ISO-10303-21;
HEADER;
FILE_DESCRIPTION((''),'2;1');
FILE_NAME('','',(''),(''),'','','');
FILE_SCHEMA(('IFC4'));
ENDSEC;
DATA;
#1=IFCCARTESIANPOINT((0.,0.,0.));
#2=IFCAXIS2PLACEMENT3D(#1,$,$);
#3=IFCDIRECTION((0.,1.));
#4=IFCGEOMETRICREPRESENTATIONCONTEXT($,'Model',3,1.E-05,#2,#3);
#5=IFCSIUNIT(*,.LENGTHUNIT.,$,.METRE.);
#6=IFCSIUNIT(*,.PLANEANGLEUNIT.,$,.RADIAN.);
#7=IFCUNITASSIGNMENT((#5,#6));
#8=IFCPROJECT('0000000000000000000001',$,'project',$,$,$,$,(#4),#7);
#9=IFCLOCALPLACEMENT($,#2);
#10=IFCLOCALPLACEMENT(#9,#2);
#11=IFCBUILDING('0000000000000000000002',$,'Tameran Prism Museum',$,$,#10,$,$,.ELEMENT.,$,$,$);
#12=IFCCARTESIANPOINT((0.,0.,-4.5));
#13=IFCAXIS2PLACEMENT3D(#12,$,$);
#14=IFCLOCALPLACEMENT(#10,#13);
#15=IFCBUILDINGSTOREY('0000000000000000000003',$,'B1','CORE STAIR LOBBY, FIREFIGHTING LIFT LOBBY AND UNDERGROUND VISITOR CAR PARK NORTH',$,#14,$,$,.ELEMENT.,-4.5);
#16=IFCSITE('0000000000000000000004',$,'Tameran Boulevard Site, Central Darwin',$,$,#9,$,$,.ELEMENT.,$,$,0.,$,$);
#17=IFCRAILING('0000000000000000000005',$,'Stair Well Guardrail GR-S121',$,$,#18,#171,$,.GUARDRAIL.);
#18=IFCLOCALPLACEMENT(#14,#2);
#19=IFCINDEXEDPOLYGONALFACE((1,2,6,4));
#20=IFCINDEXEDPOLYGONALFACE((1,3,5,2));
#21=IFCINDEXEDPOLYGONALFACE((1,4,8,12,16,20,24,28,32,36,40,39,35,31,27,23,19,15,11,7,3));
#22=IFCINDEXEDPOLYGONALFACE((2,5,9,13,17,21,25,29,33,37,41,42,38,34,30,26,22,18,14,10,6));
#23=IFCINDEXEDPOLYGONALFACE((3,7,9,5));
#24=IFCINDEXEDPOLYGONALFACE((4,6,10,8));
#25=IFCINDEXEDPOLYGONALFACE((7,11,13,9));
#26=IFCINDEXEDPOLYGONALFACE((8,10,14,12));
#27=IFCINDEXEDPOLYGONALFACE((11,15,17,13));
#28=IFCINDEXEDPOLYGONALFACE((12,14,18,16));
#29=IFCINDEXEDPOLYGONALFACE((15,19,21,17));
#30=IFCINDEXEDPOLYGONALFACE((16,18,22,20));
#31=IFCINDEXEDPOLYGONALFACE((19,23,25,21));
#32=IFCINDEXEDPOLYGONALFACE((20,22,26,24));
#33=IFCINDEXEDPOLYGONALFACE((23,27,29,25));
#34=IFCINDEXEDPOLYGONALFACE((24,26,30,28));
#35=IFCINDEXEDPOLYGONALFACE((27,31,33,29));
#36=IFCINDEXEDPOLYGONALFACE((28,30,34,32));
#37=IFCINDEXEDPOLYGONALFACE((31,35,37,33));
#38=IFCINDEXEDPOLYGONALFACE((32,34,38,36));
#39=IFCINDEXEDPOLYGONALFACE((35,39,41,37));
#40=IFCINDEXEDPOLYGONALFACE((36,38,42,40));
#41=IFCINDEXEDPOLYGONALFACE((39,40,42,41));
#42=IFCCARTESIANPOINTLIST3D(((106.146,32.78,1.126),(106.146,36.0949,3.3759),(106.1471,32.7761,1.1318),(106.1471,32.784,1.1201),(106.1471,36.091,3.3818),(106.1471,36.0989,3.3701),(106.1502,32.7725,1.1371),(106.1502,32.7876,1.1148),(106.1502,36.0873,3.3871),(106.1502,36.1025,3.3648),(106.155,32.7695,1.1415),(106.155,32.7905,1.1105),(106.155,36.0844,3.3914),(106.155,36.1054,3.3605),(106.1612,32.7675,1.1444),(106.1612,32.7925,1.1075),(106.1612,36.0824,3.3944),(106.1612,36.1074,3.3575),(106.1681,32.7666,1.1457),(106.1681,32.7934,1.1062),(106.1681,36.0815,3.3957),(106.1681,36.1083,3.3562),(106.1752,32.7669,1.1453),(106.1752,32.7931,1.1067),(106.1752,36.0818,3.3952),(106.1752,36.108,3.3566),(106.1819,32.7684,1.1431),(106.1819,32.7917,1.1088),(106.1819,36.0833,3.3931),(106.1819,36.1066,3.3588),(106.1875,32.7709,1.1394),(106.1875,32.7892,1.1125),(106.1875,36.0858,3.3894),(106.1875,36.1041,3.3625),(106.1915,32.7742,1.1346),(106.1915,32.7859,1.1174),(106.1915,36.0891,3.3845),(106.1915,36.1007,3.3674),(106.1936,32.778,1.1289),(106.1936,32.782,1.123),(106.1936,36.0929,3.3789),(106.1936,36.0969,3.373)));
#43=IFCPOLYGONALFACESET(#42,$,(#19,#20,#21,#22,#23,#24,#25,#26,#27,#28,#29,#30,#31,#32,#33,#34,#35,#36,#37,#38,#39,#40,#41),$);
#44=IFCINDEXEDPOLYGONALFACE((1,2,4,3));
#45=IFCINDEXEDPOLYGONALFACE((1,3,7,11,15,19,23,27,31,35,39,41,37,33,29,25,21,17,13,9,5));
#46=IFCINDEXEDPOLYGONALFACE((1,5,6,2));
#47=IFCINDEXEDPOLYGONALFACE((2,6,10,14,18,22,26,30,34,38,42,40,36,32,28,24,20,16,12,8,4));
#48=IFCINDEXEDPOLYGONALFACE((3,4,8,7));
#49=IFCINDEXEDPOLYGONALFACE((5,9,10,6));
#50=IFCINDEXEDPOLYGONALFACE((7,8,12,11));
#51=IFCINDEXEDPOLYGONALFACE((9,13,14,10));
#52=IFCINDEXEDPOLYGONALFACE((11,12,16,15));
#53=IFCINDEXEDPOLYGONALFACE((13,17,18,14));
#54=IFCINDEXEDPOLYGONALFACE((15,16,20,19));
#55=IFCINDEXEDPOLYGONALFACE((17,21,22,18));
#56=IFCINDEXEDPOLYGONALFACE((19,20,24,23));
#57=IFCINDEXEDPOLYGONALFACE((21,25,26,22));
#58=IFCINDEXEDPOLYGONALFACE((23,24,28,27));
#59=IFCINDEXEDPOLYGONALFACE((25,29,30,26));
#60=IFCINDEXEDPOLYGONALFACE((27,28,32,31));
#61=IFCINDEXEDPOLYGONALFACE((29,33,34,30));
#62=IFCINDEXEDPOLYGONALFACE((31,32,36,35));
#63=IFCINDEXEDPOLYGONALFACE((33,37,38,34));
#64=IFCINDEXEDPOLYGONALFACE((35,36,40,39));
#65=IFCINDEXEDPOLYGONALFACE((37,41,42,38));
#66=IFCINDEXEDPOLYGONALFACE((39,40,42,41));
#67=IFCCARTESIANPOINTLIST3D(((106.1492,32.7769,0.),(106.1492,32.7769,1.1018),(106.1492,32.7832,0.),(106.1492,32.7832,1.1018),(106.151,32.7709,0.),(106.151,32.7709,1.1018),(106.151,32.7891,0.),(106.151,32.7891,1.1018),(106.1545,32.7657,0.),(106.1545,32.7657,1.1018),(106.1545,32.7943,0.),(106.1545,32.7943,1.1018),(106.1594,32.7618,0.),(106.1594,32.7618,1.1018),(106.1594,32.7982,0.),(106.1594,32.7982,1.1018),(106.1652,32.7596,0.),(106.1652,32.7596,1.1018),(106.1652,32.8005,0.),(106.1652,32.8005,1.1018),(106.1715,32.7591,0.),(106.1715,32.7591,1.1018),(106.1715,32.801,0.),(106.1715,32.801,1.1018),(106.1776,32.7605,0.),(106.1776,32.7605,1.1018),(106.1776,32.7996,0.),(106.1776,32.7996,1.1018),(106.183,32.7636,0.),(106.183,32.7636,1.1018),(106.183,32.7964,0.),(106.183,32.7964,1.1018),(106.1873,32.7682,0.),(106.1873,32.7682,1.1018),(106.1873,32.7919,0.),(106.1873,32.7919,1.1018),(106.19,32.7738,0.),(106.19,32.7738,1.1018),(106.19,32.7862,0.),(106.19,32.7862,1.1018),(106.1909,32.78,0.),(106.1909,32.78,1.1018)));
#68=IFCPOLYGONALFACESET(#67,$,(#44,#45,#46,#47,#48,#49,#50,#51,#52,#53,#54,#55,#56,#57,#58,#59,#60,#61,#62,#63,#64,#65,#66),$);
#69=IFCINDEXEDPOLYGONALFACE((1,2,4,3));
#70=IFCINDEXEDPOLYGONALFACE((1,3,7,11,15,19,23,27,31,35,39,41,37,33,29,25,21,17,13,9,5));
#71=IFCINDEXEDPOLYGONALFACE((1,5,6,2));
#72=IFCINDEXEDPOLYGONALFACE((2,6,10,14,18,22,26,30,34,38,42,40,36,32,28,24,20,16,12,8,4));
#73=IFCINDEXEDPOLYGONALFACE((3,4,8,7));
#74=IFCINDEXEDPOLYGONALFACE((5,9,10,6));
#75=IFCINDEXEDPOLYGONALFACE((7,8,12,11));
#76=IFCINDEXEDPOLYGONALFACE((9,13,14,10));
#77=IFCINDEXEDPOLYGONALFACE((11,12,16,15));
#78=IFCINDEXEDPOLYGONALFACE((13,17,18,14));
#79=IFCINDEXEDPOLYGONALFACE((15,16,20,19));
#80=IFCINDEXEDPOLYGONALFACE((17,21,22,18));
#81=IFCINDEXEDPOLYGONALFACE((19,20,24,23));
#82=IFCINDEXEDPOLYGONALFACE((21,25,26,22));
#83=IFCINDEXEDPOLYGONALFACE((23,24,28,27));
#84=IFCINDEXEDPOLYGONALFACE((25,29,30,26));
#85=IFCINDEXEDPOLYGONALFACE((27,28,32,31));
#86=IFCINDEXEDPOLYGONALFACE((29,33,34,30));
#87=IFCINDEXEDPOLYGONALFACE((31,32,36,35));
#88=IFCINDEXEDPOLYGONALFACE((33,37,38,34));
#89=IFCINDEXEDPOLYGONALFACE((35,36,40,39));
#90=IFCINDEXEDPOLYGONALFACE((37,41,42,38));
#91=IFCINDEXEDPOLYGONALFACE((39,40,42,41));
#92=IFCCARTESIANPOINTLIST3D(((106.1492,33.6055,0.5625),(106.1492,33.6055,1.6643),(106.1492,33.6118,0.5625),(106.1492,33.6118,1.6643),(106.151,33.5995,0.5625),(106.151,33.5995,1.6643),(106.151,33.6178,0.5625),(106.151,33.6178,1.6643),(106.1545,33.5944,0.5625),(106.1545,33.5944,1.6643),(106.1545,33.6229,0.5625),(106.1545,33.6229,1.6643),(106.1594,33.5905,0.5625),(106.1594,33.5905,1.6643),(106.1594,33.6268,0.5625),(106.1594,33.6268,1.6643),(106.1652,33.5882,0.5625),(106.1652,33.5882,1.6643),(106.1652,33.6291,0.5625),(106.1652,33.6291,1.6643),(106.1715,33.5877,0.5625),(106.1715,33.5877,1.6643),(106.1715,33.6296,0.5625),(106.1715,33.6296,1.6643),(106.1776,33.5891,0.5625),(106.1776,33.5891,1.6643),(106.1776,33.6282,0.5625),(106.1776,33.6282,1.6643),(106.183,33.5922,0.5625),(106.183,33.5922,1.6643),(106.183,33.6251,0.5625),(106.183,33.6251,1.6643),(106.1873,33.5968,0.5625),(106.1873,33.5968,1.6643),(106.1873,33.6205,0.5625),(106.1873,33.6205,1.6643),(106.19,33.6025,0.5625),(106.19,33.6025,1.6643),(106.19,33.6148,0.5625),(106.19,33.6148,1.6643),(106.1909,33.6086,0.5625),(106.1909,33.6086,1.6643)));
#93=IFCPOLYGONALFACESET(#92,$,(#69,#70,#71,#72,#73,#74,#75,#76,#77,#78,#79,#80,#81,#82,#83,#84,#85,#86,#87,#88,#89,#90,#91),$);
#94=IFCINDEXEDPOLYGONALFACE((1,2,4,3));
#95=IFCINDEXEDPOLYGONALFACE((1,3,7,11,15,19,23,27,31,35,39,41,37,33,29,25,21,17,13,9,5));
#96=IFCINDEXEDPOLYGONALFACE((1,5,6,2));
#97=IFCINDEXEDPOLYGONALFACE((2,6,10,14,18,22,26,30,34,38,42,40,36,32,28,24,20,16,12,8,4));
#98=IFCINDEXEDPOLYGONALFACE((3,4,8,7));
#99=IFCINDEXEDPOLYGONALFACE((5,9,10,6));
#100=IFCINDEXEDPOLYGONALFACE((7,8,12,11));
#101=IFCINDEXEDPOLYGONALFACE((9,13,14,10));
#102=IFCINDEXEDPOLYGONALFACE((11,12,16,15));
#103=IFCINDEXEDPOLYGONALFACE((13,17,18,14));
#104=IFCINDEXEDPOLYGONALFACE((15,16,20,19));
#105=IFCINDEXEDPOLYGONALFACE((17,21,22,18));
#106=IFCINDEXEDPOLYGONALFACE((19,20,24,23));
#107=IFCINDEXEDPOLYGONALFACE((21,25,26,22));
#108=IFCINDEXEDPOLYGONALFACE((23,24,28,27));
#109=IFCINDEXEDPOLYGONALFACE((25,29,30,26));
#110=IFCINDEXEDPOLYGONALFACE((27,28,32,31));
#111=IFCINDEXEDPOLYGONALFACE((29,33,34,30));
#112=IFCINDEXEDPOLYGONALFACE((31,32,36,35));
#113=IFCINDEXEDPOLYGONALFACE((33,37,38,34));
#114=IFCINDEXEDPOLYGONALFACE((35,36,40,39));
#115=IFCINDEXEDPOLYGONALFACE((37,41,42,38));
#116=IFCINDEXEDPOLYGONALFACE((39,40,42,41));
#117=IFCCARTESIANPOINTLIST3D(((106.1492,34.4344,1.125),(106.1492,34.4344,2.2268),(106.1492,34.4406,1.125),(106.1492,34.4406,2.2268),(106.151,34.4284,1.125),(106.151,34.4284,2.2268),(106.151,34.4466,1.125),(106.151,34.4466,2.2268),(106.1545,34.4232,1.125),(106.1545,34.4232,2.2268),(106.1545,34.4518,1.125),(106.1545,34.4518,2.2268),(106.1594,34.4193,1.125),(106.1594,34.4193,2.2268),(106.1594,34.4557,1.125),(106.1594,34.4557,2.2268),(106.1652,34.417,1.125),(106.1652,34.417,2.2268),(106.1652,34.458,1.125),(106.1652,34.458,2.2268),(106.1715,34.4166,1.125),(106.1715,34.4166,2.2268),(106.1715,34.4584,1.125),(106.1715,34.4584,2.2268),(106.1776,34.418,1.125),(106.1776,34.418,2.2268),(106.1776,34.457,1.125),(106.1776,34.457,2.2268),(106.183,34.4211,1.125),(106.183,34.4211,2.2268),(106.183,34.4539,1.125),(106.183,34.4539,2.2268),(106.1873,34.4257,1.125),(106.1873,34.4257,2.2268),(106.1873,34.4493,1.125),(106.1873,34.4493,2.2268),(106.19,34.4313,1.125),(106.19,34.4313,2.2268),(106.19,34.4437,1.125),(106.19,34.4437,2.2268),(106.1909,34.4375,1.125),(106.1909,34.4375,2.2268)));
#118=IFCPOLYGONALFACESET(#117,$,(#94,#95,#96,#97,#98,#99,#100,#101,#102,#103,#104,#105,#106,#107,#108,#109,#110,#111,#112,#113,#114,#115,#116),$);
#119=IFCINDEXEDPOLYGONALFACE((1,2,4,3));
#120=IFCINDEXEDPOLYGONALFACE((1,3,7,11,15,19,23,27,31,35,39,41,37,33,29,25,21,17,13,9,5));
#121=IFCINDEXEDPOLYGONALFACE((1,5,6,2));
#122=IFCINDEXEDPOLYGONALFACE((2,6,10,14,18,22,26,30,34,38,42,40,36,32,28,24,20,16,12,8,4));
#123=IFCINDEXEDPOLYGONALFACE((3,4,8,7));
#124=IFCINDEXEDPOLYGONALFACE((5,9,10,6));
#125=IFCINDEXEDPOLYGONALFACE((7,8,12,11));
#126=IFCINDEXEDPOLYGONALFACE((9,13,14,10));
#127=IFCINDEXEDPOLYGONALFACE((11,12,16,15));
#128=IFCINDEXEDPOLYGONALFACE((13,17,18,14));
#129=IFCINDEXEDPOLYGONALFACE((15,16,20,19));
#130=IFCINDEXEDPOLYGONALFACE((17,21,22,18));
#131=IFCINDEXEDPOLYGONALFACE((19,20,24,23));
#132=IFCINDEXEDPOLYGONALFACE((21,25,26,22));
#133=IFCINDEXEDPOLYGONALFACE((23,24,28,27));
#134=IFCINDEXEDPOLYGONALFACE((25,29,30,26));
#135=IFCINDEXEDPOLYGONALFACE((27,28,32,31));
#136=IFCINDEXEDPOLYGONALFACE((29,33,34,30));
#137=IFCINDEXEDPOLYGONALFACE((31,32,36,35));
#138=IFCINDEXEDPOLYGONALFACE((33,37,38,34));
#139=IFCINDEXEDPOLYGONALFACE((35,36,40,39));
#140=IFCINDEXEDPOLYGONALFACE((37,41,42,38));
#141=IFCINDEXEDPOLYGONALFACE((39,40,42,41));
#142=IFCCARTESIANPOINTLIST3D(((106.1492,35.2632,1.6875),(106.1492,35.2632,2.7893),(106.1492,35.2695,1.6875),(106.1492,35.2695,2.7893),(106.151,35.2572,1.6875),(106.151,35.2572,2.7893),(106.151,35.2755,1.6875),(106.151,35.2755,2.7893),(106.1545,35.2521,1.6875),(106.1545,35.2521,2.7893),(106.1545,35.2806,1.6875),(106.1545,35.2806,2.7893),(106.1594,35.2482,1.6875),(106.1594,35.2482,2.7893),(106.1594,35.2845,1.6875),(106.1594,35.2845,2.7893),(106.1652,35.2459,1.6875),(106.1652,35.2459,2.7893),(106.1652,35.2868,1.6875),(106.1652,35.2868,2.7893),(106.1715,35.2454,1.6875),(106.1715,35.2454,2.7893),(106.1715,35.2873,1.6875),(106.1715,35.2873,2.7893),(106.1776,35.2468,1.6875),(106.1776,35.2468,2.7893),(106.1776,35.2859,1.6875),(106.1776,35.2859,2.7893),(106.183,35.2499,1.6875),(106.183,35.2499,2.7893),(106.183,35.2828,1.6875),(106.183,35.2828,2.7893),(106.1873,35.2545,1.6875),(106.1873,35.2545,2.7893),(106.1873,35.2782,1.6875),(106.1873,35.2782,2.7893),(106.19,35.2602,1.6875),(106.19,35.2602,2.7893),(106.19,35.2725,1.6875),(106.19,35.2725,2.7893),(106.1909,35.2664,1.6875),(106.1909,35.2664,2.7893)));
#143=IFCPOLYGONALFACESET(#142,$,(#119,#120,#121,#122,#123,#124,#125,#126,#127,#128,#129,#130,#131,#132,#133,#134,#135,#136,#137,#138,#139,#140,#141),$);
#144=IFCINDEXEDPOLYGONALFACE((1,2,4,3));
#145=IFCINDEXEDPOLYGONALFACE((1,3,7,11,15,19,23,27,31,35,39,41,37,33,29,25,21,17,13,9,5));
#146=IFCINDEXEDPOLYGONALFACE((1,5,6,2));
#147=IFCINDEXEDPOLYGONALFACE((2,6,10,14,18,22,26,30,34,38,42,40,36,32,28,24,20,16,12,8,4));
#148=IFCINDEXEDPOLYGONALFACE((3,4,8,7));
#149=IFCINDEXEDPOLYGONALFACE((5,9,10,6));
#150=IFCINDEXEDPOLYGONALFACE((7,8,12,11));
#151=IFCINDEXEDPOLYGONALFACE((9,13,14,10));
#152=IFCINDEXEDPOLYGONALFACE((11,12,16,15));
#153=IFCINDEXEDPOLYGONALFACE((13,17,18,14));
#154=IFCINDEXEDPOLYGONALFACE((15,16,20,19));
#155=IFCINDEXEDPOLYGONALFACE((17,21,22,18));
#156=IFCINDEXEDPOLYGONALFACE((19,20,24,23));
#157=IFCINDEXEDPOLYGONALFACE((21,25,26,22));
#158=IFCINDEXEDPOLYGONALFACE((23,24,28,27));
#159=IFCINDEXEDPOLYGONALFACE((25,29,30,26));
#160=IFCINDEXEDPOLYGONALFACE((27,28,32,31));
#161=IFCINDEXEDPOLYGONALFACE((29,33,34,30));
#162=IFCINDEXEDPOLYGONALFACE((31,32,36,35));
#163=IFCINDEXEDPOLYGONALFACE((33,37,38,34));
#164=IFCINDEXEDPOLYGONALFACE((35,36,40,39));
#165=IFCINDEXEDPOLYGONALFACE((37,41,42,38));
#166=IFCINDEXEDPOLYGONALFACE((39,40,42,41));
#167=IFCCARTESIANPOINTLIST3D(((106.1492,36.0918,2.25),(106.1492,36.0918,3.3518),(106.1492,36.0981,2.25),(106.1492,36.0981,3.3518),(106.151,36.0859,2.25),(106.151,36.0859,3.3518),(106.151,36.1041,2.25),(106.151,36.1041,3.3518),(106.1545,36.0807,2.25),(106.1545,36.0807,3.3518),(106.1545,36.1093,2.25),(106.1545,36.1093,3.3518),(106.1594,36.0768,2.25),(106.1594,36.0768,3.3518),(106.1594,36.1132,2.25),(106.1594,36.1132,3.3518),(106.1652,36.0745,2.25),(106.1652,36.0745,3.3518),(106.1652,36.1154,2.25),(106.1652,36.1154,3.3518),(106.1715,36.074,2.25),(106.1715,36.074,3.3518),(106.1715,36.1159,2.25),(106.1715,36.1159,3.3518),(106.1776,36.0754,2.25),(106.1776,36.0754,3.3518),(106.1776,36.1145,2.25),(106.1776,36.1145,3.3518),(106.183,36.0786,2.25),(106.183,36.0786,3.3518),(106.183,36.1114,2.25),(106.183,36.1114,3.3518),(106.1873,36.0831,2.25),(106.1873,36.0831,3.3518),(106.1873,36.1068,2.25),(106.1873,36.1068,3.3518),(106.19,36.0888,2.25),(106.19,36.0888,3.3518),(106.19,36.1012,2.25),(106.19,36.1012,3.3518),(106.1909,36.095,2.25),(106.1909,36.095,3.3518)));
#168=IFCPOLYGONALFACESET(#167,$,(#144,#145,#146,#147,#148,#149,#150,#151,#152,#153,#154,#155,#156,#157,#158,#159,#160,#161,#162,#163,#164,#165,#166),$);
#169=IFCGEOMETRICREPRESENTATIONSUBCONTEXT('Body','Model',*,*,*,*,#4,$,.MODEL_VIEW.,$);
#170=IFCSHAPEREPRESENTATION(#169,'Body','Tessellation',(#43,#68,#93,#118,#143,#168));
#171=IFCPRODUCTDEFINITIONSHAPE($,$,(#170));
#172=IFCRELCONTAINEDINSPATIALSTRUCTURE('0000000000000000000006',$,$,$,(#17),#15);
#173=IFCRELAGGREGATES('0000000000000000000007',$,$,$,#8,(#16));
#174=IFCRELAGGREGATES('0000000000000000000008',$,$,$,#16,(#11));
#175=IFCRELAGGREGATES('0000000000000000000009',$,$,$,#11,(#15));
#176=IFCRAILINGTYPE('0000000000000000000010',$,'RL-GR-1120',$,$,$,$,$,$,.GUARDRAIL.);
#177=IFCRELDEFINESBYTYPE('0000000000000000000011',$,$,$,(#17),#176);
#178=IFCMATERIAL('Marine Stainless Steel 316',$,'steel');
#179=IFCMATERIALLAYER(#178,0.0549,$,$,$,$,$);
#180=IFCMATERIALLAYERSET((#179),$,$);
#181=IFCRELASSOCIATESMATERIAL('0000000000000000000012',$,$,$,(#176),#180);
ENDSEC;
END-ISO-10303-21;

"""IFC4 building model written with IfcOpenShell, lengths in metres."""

from ifc_helpers import new_model, si_unit, direction, frame, origin, origin_2d, place, context, subcontext, project, spatial, circle, extrude, material, layer, layer_set, type_object, element, save


model = new_model("IFC4")

# Units and contexts
model_context = context("Model", 3, precision=1e-05, world=origin(), true_north=direction((0.0, 1.0)))
body_context = subcontext(model_context, "Body", "Model", "MODEL_VIEW")
ifc_project = project(units=[si_unit("LENGTHUNIT", "METRE"), si_unit("PLANEANGLEUNIT", "RADIAN")], contexts=[model_context])

# Site, building, storey
site_placement = place(None, origin())
site = spatial("IfcSite", under=ifc_project, at=site_placement, Name="Tameran Boulevard Site, Central Darwin", CompositionType="ELEMENT", RefElevation=0.0)
building_placement = place(site_placement, origin())
building = spatial("IfcBuilding", under=site, at=building_placement, Name="Tameran Prism Museum", CompositionType="ELEMENT")
storey_placement = place(building_placement, frame((0.0, 0.0, -4.5)))
storey = spatial("IfcBuildingStorey", under=building, at=storey_placement, Name="B1", Description="CORE STAIR LOBBY, FIREFIGHTING LIFT LOBBY AND UNDERGROUND VISITOR CAR PARK NORTH", CompositionType="ELEMENT", Elevation=-4.5)

# Railing
ifc_material_1 = material(Name="Marine Stainless Steel 316", Category="steel")
ifc_layer_1 = layer(ifc_material_1, 0.0549)
ifc_layer_set_1 = layer_set([ifc_layer_1])
railing_type_1 = type_object("IfcRailingType", Name="RL-GR-1120", PredefinedType="GUARDRAIL", material=ifc_layer_set_1)
railing_1_placement = place(storey_placement, frame((106.1699, 32.78, 0.0)))
element("IfcRailing", 1, at=railing_1_placement, inside=storey, type_object=railing_type_1, Name="Stair Well Guardrail GR-S121", PredefinedType="GUARDRAIL", context=body_context, shape_type="SweptSolid", body=[
    extrude(circle(Radius=0.0239, at=origin_2d()), frame((0.0, 0.0, 1.126), z_axis=(0.0, 0.827409, 0.5616), x_axis=(-1.0, 0.0, 0.0)), (0.0, 0.0, 1.0), 4.0063),
    extrude(circle(Radius=0.021, at=origin_2d()), origin(), (0.0, 0.0, 1.0), 1.1018),
    extrude(circle(Radius=0.021, at=origin_2d()), frame((0.0, 0.8286, 0.5625)), (0.0, 0.0, 1.0), 1.1018),
    extrude(circle(Radius=0.021, at=origin_2d()), frame((0.0, 1.6575, 1.125)), (0.0, 0.0, 1.0), 1.1018),
    extrude(circle(Radius=0.021, at=origin_2d()), frame((0.0, 2.4863, 1.6875)), (0.0, 0.0, 1.0), 1.1018),
    extrude(circle(Radius=0.021, at=origin_2d()), frame((0.0, 3.3149, 2.25)), (0.0, 0.0, 1.0), 1.1018),
])

save(model, "model.ifc")
